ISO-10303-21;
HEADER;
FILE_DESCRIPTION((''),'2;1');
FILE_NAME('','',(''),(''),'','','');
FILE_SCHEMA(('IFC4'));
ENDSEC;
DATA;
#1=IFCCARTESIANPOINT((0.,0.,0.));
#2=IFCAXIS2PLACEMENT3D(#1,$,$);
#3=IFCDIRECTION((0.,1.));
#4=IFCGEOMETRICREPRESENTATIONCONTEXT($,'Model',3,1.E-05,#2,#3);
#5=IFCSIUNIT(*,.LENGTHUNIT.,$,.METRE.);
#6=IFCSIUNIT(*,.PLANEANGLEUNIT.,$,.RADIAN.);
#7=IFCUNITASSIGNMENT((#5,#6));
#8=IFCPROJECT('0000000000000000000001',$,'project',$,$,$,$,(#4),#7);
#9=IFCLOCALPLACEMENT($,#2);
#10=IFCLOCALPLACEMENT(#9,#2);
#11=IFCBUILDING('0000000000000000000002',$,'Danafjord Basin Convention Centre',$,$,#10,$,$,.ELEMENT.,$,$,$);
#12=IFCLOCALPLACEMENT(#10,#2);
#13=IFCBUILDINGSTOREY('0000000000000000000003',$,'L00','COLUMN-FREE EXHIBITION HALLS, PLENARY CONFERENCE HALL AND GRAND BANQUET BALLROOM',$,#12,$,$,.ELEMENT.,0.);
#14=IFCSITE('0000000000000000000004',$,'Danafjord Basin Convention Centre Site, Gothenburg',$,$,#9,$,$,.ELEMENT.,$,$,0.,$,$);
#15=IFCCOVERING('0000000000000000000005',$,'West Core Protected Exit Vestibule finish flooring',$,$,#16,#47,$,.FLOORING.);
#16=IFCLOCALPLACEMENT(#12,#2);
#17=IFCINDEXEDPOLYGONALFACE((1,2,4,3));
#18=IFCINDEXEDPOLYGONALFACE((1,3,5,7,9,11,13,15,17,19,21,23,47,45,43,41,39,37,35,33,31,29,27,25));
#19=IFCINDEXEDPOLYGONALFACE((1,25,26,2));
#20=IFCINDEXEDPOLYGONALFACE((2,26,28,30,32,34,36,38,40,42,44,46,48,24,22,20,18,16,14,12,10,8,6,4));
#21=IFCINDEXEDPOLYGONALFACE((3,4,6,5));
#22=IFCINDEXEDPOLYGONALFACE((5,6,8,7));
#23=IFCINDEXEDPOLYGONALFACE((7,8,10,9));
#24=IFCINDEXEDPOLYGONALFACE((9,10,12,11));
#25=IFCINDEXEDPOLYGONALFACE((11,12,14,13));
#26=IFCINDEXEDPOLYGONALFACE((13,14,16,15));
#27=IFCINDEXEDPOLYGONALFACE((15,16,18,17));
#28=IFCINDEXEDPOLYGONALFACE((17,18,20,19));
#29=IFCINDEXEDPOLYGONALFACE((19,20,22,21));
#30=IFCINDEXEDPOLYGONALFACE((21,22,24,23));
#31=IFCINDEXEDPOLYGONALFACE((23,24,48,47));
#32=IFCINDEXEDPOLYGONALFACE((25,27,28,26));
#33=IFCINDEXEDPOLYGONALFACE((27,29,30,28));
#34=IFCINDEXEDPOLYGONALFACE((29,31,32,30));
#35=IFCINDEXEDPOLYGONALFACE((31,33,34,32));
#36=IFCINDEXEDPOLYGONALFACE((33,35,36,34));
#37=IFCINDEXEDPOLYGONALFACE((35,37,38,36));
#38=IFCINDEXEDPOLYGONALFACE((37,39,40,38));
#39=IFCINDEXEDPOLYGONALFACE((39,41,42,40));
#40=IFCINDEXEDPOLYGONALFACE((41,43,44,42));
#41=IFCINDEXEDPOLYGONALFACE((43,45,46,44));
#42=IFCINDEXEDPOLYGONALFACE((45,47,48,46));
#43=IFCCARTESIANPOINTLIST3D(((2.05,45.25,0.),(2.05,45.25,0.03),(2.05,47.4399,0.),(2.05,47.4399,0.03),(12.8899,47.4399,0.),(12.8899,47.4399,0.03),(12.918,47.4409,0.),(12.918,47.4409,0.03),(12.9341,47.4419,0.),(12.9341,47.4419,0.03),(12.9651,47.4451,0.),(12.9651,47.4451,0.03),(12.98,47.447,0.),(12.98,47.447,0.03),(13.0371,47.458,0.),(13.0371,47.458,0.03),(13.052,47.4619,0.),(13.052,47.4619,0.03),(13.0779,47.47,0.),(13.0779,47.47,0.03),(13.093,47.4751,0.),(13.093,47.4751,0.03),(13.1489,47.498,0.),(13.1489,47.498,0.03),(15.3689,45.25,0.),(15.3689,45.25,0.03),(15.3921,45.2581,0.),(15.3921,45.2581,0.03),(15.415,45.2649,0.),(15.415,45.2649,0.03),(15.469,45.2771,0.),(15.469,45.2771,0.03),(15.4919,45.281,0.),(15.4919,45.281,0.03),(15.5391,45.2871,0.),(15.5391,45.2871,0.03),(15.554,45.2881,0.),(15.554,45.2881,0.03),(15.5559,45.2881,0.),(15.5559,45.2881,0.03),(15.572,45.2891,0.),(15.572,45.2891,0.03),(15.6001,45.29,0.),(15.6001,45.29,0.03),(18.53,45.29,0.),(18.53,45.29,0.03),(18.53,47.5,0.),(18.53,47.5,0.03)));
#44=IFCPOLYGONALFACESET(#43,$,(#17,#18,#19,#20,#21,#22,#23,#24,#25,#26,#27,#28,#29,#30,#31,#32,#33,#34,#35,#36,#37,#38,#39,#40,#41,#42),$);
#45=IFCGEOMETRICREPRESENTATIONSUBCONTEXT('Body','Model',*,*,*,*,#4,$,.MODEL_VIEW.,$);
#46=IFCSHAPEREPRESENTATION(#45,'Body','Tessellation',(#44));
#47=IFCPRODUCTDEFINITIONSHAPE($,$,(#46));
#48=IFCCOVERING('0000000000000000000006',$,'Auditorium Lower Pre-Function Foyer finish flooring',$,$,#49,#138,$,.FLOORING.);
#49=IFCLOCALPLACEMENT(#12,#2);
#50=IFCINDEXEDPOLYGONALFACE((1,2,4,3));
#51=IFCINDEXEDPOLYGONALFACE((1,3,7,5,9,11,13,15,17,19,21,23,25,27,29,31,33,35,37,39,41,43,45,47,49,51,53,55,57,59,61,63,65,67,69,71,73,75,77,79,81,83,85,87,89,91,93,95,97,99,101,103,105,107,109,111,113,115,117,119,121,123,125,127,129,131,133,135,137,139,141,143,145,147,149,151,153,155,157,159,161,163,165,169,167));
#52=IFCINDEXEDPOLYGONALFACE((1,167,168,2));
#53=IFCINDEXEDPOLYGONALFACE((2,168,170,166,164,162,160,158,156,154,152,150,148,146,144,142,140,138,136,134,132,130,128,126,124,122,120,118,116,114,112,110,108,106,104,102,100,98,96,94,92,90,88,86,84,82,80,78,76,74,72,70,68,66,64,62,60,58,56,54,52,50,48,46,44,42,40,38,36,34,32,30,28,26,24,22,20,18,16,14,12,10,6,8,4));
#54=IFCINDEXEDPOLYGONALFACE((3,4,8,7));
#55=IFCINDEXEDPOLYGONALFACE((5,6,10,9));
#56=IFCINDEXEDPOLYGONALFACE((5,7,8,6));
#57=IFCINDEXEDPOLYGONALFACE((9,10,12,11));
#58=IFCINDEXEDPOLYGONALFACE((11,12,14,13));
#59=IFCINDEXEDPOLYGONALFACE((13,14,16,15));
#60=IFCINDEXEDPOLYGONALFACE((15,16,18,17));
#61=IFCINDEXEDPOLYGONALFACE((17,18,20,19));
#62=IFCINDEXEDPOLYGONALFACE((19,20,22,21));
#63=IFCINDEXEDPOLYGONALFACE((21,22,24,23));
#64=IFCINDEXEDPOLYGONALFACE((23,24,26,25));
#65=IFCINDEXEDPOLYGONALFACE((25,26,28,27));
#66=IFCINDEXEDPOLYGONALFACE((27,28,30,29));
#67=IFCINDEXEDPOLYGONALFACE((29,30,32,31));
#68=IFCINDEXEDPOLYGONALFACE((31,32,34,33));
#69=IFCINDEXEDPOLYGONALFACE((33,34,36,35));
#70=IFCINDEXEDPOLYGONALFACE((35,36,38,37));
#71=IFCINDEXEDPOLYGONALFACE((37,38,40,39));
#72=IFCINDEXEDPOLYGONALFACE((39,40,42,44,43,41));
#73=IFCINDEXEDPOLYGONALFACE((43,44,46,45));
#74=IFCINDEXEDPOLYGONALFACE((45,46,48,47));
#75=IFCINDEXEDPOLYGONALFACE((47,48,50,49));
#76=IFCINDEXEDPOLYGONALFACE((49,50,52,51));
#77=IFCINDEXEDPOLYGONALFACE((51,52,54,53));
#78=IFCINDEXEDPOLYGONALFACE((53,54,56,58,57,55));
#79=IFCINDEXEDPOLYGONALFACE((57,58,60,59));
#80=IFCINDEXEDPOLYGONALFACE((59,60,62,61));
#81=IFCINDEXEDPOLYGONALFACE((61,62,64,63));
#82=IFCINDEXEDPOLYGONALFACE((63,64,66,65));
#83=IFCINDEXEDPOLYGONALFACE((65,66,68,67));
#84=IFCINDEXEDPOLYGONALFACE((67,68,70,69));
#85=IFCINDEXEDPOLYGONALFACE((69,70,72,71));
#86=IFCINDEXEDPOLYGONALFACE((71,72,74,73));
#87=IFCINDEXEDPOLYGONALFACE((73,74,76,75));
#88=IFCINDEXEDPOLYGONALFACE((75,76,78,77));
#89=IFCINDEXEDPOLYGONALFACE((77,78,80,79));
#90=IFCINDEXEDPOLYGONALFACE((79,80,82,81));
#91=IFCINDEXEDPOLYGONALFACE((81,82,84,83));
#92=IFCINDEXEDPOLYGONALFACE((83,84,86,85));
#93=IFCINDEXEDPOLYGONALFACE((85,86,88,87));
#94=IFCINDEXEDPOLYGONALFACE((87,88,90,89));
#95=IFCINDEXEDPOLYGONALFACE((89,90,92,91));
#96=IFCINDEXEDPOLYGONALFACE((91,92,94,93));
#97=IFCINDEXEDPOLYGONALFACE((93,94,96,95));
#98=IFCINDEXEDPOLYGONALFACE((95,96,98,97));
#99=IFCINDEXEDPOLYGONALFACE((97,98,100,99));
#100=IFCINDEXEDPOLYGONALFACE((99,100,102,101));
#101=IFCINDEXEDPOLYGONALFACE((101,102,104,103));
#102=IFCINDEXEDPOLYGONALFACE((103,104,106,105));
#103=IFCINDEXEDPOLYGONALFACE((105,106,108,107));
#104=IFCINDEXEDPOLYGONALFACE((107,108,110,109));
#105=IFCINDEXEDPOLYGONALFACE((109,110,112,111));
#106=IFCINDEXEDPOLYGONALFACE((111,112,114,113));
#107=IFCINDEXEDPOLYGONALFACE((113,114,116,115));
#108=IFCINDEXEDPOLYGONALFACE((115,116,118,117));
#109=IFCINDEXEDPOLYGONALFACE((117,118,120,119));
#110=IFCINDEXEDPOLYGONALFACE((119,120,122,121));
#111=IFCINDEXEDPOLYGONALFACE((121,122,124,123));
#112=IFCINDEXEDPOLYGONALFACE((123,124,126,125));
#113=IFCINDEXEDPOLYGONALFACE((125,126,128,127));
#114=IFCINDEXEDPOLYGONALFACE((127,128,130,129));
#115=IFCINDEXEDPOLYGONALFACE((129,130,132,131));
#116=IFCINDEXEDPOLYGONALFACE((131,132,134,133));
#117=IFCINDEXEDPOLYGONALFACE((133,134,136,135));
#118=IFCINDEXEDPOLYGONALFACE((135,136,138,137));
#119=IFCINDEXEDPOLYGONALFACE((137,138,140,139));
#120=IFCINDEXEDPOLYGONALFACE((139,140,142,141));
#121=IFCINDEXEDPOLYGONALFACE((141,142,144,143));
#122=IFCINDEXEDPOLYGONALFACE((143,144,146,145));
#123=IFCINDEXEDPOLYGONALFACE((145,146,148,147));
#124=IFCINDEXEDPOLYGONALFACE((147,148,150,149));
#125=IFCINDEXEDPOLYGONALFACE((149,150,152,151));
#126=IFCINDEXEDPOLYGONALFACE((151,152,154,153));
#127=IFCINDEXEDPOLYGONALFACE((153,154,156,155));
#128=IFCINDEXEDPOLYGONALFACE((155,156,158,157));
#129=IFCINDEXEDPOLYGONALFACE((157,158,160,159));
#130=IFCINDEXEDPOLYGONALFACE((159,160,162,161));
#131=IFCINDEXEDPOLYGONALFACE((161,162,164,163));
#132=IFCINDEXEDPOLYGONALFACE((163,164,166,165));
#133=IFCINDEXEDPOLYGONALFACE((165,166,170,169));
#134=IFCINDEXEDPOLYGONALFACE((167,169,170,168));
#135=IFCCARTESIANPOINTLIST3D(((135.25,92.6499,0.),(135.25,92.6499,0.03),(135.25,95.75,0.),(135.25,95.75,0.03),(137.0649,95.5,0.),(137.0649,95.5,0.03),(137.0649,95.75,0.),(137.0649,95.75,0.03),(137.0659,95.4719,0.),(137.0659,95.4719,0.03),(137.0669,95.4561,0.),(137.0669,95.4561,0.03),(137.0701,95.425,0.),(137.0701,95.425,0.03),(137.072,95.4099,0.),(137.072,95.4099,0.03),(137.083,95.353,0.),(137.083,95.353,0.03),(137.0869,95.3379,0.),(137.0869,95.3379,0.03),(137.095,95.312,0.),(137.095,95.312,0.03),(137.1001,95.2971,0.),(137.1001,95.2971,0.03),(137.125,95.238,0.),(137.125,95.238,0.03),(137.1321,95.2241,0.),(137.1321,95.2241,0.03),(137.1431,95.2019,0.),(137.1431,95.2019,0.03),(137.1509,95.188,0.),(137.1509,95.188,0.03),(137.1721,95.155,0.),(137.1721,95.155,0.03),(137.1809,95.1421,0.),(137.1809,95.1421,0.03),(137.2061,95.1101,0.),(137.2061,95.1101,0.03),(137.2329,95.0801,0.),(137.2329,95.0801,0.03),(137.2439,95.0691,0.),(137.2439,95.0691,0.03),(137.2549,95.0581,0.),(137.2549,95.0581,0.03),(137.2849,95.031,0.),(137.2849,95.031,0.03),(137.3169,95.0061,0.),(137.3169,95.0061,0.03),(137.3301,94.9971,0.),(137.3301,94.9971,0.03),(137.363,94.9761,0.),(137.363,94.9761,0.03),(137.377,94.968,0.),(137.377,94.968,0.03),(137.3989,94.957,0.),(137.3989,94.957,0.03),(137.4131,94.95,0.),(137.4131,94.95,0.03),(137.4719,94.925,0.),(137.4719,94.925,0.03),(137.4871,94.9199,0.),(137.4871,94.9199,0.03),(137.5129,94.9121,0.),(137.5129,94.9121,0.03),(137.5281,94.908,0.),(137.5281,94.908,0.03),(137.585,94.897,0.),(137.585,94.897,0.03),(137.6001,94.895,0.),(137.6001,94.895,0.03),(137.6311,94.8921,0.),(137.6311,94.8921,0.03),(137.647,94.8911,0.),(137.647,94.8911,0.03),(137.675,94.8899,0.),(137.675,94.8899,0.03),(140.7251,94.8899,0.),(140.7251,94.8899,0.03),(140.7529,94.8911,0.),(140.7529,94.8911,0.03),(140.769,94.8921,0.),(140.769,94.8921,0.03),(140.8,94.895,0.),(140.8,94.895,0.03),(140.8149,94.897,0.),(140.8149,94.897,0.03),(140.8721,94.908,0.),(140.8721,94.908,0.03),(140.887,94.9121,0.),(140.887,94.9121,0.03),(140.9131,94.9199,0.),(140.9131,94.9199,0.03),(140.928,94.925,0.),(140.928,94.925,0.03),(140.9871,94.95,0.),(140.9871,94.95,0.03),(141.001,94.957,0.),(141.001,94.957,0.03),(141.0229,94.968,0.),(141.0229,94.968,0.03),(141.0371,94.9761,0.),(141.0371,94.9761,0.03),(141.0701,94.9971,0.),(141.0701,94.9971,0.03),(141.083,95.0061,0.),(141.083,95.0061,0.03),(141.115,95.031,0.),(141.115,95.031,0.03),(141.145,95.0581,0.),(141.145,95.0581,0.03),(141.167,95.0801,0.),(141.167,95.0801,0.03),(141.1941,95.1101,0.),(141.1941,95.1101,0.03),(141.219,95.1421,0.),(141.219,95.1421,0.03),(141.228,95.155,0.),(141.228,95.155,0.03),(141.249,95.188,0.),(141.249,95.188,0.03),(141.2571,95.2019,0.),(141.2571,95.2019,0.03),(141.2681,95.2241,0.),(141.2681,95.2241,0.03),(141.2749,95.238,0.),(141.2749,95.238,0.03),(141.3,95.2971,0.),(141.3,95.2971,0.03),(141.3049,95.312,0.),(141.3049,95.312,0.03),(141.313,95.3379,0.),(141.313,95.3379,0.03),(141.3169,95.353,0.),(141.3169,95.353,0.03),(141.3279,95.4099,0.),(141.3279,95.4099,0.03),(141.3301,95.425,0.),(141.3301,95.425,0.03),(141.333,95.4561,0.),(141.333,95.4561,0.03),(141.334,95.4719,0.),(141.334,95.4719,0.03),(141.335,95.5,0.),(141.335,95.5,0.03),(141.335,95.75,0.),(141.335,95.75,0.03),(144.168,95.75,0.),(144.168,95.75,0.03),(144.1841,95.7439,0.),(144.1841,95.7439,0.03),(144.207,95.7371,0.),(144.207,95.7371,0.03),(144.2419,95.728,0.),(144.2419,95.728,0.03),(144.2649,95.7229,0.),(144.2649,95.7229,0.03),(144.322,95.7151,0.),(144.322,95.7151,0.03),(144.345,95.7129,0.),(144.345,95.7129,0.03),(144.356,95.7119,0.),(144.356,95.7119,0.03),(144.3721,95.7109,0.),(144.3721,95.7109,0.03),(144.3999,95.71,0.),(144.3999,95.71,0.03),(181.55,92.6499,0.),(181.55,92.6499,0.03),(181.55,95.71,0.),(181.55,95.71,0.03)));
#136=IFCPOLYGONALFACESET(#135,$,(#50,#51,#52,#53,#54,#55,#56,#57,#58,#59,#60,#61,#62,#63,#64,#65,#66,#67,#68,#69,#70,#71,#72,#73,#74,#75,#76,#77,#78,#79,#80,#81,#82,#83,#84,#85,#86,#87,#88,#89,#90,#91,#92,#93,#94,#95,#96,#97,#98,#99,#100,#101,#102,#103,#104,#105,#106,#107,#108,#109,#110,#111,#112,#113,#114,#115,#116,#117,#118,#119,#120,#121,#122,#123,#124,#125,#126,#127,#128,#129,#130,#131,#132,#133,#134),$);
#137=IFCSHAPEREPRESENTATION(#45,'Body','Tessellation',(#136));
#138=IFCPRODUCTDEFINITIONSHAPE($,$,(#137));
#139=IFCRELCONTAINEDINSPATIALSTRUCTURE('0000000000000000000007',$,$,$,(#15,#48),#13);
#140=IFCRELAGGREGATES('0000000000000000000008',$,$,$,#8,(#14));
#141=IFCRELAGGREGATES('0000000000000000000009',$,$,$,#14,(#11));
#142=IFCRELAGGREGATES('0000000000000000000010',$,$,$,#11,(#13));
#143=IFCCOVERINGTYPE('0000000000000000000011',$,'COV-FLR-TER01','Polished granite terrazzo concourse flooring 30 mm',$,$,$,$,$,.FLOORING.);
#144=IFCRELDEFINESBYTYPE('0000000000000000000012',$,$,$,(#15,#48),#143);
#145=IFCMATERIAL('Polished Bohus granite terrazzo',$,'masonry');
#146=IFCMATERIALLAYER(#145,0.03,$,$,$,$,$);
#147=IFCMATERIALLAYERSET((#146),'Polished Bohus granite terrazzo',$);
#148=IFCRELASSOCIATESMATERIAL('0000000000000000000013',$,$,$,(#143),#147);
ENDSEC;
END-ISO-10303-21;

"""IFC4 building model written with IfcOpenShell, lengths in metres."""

from ifc_helpers import new_model, si_unit, direction, origin, place, context, subcontext, project, spatial, polyline, outline, extrude, material, layer, layer_set, type_object, element, save


model = new_model("IFC4")

# Units and contexts
model_context = context("Model", 3, precision=1e-05, world=origin(), true_north=direction((0.0, 1.0)))
body_context = subcontext(model_context, "Body", "Model", "MODEL_VIEW")
ifc_project = project(units=[si_unit("LENGTHUNIT", "METRE"), si_unit("PLANEANGLEUNIT", "RADIAN")], contexts=[model_context])

# Site, building, storey
site_placement = place(None, origin())
site = spatial("IfcSite", under=ifc_project, at=site_placement, Name="Danafjord Basin Convention Centre Site, Gothenburg", CompositionType="ELEMENT", RefElevation=0.0)
building_placement = place(site_placement, origin())
building = spatial("IfcBuilding", under=site, at=building_placement, Name="Danafjord Basin Convention Centre", CompositionType="ELEMENT")
storey_placement = place(building_placement, origin())
storey = spatial("IfcBuildingStorey", under=building, at=storey_placement, Name="L00", Description="COLUMN-FREE EXHIBITION HALLS, PLENARY CONFERENCE HALL AND GRAND BANQUET BALLROOM", CompositionType="ELEMENT", Elevation=0.0)

# Coverings
ifc_material_1 = material(Name="Polished Bohus granite terrazzo", Category="masonry")
ifc_layer_1 = layer(ifc_material_1, 0.03)
ifc_layer_set_1 = layer_set([ifc_layer_1], Name="Polished Bohus granite terrazzo")
covering_type_1 = type_object("IfcCoveringType", Name="COV-FLR-TER01", Description="Polished granite terrazzo concourse flooring 30 mm", PredefinedType="FLOORING", material=ifc_layer_set_1)
covering_1_placement = place(storey_placement, origin())
element("IfcCovering", 1, at=covering_1_placement, inside=storey, type_object=covering_type_1, Name="West Core Protected Exit Vestibule finish flooring", PredefinedType="FLOORING", context=body_context, shape_type="SweptSolid", body=[
    extrude(outline(polyline([(12.8899, 47.4399), (12.918, 47.4409), (12.9341, 47.4419), (12.9651, 47.4451), (12.98, 47.447), (13.0371, 47.458), (13.052, 47.4619), (13.0779, 47.47), (13.093, 47.4751), (13.1489, 47.498), (18.53, 47.5), (18.53, 45.29), (15.6001, 45.29), (15.572, 45.2891), (15.5559, 45.2881), (15.554, 45.2881), (15.5391, 45.2871), (15.4919, 45.281), (15.469, 45.2771), (15.415, 45.2649), (15.3921, 45.2581), (15.3689, 45.25), (2.05, 45.25), (2.05, 47.4399), (12.8899, 47.4399)])), origin(), (0.0, 0.0, 1.0), 0.03),
])
covering_2_placement = place(storey_placement, origin())
element("IfcCovering", 2, at=covering_2_placement, inside=storey, type_object=covering_type_1, Name="Auditorium Lower Pre-Function Foyer finish flooring", PredefinedType="FLOORING", context=body_context, shape_type="SweptSolid", body=[
    extrude(outline(polyline([(137.0649, 95.75), (137.0649, 95.5), (137.0659, 95.4719), (137.0669, 95.4561), (137.0701, 95.425), (137.072, 95.4099), (137.083, 95.353), (137.0869, 95.3379), (137.095, 95.312), (137.1001, 95.2971), (137.125, 95.238), (137.1321, 95.2241), (137.1431, 95.2019), (137.1509, 95.188), (137.1721, 95.155), (137.1809, 95.1421), (137.2061, 95.1101), (137.2329, 95.0801), (137.2439, 95.0691), (137.2549, 95.0581), (137.2849, 95.031), (137.3169, 95.0061), (137.3301, 94.9971), (137.363, 94.9761), (137.377, 94.968), (137.3989, 94.957), (137.4131, 94.95), (137.4719, 94.925), (137.4871, 94.9199), (137.5129, 94.9121), (137.5281, 94.908), (137.585, 94.897), (137.6001, 94.895), (137.6311, 94.8921), (137.647, 94.8911), (137.675, 94.8899), (140.7251, 94.8899), (140.7529, 94.8911), (140.769, 94.8921), (140.8, 94.895), (140.8149, 94.897), (140.8721, 94.908), (140.887, 94.9121), (140.9131, 94.9199), (140.928, 94.925), (140.9871, 94.95), (141.001, 94.957), (141.0229, 94.968), (141.0371, 94.9761), (141.0701, 94.9971), (141.083, 95.0061), (141.115, 95.031), (141.145, 95.0581), (141.167, 95.0801), (141.1941, 95.1101), (141.219, 95.1421), (141.228, 95.155), (141.249, 95.188), (141.2571, 95.2019), (141.2681, 95.2241), (141.2749, 95.238), (141.3, 95.2971), (141.3049, 95.312), (141.313, 95.3379), (141.3169, 95.353), (141.3279, 95.4099), (141.3301, 95.425), (141.333, 95.4561), (141.334, 95.4719), (141.335, 95.5), (141.335, 95.75), (144.168, 95.75), (144.1841, 95.7439), (144.207, 95.7371), (144.2419, 95.728), (144.2649, 95.7229), (144.322, 95.7151), (144.345, 95.7129), (144.356, 95.7119), (144.3721, 95.7109), (144.3999, 95.71), (181.55, 95.71), (181.55, 92.6499), (135.25, 92.6499), (135.25, 95.75), (137.0649, 95.75)])), origin(), (0.0, 0.0, 1.0), 0.03),
])

save(model, "model.ifc")
